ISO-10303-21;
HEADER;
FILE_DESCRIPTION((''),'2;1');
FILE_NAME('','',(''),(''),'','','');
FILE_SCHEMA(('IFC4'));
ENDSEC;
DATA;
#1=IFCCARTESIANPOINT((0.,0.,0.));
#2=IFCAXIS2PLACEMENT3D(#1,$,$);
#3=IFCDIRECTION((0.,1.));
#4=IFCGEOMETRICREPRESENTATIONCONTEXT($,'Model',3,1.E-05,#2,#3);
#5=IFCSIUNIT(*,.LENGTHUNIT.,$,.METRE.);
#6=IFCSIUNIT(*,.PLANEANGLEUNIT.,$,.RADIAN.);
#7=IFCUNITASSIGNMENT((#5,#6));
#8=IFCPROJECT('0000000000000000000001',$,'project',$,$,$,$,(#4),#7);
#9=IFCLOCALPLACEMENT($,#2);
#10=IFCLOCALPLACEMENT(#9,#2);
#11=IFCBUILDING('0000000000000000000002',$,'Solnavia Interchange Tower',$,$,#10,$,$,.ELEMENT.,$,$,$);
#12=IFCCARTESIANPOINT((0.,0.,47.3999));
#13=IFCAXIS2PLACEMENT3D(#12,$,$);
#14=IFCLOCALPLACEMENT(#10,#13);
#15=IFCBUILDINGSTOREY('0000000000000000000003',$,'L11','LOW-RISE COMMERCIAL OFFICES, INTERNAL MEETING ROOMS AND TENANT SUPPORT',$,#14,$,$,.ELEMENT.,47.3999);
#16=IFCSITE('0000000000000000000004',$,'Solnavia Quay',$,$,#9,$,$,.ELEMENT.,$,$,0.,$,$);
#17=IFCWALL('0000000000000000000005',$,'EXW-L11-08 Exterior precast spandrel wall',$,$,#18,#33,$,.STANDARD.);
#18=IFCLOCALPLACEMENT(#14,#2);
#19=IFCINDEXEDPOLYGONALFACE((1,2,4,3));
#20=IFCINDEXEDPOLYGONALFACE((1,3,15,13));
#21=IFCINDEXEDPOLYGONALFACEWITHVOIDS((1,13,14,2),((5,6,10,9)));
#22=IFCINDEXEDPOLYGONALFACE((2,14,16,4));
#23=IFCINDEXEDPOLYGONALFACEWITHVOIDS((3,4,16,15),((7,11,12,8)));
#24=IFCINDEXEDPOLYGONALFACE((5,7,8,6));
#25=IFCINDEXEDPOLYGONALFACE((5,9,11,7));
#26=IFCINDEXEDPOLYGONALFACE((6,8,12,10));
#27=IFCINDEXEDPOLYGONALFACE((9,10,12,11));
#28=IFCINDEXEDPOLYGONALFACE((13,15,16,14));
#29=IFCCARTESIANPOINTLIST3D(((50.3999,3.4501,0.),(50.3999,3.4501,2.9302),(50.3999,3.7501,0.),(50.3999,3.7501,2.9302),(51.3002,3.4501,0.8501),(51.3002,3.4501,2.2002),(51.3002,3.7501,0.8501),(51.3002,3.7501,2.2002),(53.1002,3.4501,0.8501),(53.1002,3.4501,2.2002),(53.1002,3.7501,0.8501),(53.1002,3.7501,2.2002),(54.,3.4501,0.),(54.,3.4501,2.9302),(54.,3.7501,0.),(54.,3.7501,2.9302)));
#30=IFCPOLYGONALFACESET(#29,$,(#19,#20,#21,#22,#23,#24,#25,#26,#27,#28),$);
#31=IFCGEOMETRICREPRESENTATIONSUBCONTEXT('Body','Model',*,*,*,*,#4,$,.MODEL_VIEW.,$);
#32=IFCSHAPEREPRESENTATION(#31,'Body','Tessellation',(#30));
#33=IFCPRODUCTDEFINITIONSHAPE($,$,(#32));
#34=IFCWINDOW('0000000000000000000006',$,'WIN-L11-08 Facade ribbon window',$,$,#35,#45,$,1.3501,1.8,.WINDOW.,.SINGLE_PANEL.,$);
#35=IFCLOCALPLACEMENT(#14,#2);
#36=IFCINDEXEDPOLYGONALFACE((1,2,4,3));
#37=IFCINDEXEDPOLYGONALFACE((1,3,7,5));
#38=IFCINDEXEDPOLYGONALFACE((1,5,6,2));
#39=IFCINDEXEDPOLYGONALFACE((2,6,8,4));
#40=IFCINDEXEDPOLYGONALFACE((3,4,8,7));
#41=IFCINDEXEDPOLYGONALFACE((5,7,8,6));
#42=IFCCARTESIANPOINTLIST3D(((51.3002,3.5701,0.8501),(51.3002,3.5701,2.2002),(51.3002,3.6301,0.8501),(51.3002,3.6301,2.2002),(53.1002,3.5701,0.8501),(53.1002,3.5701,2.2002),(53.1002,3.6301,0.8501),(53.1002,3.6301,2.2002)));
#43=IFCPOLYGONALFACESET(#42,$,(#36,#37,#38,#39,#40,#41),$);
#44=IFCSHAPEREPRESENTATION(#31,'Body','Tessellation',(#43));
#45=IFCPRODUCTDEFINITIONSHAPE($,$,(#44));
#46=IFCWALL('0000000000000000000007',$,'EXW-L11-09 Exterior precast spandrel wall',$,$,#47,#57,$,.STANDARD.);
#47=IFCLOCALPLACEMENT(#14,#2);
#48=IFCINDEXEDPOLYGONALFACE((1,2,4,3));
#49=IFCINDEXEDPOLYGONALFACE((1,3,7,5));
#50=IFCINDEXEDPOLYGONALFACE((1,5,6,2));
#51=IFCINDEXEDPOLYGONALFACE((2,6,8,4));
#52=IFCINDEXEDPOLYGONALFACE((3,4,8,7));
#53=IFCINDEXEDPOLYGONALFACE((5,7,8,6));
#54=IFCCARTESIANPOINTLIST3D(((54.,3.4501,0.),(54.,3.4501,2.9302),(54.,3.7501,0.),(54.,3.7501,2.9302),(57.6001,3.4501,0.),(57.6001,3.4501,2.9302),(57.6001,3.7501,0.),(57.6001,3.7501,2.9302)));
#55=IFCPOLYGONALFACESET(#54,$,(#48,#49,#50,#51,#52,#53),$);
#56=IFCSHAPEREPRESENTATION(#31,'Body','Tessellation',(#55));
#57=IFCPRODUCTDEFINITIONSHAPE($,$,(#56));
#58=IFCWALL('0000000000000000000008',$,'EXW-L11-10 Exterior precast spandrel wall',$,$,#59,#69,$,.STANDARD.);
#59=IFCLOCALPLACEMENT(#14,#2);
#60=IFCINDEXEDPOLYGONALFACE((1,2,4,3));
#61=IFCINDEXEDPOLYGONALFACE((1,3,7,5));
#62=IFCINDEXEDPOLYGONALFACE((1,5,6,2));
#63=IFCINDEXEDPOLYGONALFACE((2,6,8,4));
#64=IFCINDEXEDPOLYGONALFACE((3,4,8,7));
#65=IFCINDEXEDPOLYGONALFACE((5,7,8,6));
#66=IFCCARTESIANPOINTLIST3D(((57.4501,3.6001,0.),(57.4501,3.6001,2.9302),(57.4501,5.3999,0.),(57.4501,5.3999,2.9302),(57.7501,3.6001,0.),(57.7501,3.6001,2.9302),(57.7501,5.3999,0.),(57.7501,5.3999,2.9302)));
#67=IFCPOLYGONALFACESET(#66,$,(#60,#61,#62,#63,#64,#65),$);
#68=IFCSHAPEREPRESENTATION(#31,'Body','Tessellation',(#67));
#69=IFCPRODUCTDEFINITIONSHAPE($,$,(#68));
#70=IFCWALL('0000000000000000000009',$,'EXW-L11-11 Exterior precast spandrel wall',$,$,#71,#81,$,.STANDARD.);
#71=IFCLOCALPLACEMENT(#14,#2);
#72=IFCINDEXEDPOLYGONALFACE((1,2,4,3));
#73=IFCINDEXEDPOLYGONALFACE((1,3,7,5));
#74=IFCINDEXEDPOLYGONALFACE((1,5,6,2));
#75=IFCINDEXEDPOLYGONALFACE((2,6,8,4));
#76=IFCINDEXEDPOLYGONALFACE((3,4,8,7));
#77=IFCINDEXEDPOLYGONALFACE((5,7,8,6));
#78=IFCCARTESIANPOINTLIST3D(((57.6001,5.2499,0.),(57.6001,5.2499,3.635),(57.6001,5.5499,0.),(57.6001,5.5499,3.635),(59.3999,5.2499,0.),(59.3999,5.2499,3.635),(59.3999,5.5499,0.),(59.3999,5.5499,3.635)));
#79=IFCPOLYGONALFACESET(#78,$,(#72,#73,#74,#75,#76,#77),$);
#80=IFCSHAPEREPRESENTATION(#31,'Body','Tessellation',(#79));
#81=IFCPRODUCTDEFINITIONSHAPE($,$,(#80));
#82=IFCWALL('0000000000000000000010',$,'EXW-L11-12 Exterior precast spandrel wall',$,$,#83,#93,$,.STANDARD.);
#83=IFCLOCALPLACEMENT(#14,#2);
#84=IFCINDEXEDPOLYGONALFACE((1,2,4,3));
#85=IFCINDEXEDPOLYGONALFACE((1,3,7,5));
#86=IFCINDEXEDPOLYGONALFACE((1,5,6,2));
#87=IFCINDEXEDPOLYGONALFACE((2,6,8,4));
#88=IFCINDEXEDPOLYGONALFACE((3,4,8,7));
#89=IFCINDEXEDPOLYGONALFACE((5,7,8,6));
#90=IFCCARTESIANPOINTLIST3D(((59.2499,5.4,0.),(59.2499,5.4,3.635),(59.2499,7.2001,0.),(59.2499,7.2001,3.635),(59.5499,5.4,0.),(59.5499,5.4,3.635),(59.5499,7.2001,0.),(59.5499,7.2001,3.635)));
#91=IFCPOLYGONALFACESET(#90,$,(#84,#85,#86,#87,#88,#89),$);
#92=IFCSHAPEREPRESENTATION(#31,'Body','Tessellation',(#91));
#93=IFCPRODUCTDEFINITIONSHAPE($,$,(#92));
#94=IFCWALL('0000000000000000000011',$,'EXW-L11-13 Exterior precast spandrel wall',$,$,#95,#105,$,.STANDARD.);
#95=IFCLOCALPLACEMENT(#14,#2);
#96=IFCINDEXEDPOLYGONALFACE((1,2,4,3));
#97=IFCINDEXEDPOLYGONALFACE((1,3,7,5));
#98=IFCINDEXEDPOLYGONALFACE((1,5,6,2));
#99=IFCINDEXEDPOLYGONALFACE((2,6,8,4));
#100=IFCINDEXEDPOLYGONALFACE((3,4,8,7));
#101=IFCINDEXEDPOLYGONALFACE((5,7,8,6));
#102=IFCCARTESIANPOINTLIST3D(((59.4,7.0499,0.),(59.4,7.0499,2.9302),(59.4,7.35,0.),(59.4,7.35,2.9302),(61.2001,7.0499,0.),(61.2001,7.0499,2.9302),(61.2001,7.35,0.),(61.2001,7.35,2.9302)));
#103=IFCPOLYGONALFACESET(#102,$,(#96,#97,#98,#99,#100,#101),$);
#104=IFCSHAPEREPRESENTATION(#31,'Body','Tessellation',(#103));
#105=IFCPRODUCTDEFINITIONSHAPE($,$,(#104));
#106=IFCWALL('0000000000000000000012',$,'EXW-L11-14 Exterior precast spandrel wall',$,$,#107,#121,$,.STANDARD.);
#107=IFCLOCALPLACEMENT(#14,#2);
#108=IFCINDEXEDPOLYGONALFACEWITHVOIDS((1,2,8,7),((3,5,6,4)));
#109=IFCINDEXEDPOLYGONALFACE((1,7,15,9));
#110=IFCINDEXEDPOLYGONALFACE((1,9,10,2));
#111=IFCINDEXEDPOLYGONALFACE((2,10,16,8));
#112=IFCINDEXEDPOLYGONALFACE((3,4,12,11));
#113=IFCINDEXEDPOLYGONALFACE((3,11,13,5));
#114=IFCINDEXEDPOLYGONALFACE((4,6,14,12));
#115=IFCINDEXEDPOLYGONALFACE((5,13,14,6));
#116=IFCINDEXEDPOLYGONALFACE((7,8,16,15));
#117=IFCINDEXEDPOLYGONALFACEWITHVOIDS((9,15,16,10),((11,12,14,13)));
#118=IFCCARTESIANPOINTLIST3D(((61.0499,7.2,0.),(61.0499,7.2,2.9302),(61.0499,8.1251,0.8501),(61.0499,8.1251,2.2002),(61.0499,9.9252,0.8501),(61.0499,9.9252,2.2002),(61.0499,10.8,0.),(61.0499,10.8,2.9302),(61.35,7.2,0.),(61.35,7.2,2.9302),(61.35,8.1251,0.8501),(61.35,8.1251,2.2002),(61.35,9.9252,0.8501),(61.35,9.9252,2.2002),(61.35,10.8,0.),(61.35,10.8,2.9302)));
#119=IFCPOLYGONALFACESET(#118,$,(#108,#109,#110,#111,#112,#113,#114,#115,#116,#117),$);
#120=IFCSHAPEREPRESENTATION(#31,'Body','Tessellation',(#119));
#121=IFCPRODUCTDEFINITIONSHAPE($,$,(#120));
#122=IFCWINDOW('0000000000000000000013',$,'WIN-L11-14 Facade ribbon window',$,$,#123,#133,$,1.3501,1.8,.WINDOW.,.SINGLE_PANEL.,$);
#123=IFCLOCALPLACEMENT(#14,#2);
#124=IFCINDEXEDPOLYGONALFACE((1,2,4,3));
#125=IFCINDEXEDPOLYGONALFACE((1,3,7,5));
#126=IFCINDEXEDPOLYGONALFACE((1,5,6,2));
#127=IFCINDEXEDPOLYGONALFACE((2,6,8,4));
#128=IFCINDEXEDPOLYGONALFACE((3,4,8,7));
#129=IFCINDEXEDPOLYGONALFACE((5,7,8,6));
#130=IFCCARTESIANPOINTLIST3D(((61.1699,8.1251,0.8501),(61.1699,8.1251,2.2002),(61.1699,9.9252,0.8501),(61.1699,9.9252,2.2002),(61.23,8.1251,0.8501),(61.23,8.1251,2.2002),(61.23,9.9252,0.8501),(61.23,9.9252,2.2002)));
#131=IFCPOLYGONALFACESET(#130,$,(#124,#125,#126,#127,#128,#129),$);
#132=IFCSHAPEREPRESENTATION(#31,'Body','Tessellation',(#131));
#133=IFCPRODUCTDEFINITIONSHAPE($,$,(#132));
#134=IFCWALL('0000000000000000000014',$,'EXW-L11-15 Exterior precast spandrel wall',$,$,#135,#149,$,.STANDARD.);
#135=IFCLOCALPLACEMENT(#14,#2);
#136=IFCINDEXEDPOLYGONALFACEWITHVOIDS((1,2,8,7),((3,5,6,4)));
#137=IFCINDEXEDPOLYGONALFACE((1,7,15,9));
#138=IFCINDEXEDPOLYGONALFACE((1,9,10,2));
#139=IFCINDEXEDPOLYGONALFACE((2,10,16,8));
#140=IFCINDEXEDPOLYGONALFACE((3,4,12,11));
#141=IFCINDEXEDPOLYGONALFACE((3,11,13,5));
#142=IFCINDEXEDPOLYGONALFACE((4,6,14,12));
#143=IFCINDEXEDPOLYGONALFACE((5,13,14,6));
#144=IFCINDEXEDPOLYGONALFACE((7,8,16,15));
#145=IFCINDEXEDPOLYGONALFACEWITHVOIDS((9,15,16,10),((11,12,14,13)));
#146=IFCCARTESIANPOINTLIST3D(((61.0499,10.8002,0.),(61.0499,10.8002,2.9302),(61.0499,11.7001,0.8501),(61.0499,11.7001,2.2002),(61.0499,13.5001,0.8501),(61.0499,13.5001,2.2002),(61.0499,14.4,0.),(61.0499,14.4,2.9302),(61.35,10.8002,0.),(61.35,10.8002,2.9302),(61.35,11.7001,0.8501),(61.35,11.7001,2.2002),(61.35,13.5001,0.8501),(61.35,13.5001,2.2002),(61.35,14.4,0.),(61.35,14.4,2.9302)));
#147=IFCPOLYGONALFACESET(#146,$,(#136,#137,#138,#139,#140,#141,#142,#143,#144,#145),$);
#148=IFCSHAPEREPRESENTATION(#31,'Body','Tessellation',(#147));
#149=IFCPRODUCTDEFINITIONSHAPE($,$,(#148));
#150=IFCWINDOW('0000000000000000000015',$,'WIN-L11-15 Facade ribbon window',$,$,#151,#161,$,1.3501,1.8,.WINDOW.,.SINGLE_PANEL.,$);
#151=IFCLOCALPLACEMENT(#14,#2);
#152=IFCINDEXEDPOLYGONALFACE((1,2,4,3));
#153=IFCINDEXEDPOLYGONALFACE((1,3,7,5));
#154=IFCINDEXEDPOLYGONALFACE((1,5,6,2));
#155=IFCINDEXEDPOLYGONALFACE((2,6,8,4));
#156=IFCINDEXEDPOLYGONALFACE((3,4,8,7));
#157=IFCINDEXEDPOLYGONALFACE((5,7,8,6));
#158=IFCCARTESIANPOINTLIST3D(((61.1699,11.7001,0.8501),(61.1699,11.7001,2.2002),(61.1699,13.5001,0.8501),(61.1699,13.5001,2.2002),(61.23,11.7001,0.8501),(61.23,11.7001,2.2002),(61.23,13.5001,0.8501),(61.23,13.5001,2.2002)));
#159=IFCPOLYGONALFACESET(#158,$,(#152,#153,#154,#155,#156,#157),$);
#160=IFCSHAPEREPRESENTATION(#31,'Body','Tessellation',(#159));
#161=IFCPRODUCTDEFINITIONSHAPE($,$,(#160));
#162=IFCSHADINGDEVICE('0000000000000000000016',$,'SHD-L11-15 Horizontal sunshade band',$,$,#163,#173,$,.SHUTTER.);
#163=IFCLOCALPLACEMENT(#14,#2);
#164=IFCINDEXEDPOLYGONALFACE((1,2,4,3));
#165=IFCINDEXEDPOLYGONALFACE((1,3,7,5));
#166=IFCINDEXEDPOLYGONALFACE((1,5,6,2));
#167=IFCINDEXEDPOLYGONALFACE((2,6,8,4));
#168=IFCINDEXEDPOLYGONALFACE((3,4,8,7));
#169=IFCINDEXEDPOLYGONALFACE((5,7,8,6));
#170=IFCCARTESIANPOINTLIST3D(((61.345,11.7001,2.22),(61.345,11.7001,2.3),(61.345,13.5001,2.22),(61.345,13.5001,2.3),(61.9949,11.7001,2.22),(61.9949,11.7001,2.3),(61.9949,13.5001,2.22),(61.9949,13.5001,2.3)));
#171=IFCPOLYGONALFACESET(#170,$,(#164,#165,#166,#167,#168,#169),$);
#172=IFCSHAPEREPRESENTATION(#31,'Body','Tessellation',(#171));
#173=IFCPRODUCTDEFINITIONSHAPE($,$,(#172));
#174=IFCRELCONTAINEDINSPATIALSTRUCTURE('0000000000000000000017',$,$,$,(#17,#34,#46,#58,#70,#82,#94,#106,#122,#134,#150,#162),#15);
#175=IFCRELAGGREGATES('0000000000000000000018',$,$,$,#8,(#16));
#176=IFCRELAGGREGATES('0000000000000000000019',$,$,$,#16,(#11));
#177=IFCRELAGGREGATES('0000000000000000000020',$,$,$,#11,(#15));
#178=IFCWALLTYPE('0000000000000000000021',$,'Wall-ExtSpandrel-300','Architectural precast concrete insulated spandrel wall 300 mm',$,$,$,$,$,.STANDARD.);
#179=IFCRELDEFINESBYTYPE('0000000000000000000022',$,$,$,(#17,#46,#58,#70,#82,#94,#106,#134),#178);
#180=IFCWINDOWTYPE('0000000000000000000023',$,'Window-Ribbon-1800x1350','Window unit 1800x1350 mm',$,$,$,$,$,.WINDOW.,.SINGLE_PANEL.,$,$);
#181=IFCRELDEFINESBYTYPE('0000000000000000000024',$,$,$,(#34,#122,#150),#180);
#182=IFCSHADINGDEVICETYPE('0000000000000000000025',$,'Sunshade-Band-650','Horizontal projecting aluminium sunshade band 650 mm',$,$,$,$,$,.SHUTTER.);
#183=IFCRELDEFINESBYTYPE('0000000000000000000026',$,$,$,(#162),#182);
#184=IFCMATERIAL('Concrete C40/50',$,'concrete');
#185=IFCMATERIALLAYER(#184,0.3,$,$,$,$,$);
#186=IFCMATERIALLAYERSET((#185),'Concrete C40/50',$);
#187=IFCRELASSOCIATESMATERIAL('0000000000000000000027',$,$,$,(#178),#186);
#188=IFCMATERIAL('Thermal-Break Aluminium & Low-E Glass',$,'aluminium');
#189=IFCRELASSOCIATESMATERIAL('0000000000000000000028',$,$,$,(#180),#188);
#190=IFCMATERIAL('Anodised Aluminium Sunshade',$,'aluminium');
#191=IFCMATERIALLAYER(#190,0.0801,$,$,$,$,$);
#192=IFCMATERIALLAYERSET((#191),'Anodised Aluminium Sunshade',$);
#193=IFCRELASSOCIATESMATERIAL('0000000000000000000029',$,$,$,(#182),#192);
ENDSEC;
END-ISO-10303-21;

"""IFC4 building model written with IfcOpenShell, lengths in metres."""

from ifc_helpers import new_model, si_unit, direction, frame, frame_2d, origin, origin_2d, place, context, subcontext, project, spatial, rectangle, extrude, material, layer, layer_set, type_object, element, fill, save


model = new_model("IFC4")

# Units and contexts
model_context = context("Model", 3, precision=1e-05, world=origin(), true_north=direction((0.0, 1.0)))
body_context = subcontext(model_context, "Body", "Model", "MODEL_VIEW")
ifc_project = project(units=[si_unit("LENGTHUNIT", "METRE"), si_unit("PLANEANGLEUNIT", "RADIAN")], contexts=[model_context])

# Site, building, storey
site_placement = place(None, origin())
site = spatial("IfcSite", under=ifc_project, at=site_placement, Name="Solnavia Quay", CompositionType="ELEMENT", RefElevation=0.0)
building_placement = place(site_placement, origin())
building = spatial("IfcBuilding", under=site, at=building_placement, Name="Solnavia Interchange Tower", CompositionType="ELEMENT")
storey_placement = place(building_placement, frame((0.0, 0.0, 47.3999)))
storey = spatial("IfcBuildingStorey", under=building, at=storey_placement, Name="L11", Description="LOW-RISE COMMERCIAL OFFICES, INTERNAL MEETING ROOMS AND TENANT SUPPORT", CompositionType="ELEMENT", Elevation=47.3999)

# Wall, opening, window
ifc_material_1 = material(Name="Concrete C40/50", Category="concrete")
ifc_layer_1 = layer(ifc_material_1, 0.3)
ifc_layer_set_1 = layer_set([ifc_layer_1], Name="Concrete C40/50")
wall_type_1 = type_object("IfcWallType", Name="Wall-ExtSpandrel-300", Description="Architectural precast concrete insulated spandrel wall 300 mm", PredefinedType="STANDARD", material=ifc_layer_set_1)
wall_1_placement = place(storey_placement, frame((54.0, 3.6001, 0.0), z_axis=(0.0, 0.0, 1.0), x_axis=(-1.0, 0.0, 0.0)))
wall_1 = element("IfcWall", 1, at=wall_1_placement, inside=storey, type_object=wall_type_1, Name="EXW-L11-08 Exterior precast spandrel wall", PredefinedType="STANDARD", context=body_context, shape_type="SweptSolid", body=[
    extrude(rectangle(XDim=3.6001, YDim=0.3, at=frame_2d((1.8, 0.0))), origin(), (0.0, 0.0, 1.0), 2.9302),
])
opening_1_placement = place(wall_1_placement, frame((0.8999, 0.0, 0.8501)))
opening_1 = element("IfcOpeningElement", 2, at=opening_1_placement, cuts=wall_1, PredefinedType="OPENING", context=body_context, shape_type="SweptSolid", body=[
    extrude(rectangle(XDim=1.8, YDim=1.3501, at=frame_2d((0.8999, 0.675))), frame((0.0, 0.1602, 0.0), z_axis=(0.0, -1.0, 0.0), x_axis=(1.0, 0.0, 0.0)), (0.0, 0.0, 1.0), 0.3201),
])
ifc_material_2 = material(Name="Thermal-Break Aluminium & Low-E Glass", Category="aluminium")
window_type = type_object("IfcWindowType", Name="Window-Ribbon-1800x1350", Description="Window unit 1800x1350 mm", PartitioningType="SINGLE_PANEL", PredefinedType="WINDOW", material=ifc_material_2)
window_1_placement = place(opening_1_placement, origin())
window_1 = element("IfcWindow", 3, at=window_1_placement, inside=storey, type_object=window_type, Name="WIN-L11-08 Facade ribbon window", OverallHeight=1.3501, OverallWidth=1.8, PartitioningType="SINGLE_PANEL", PredefinedType="WINDOW", context=body_context, shape_type="SweptSolid", body=[
    extrude(rectangle(XDim=1.8, YDim=1.3501, at=frame_2d((0.8999, 0.675))), frame((0.0, 0.03, 0.0), z_axis=(0.0, -1.0, 0.0), x_axis=(1.0, 0.0, 0.0)), (0.0, 0.0, 1.0), 0.0601),
])
fill(opening_1, window_1)

# Walls
wall_2_placement = place(storey_placement, frame((57.6001, 3.6001, 0.0), z_axis=(0.0, 0.0, 1.0), x_axis=(-1.0, 0.0, 0.0)))
element("IfcWall", 4, at=wall_2_placement, inside=storey, type_object=wall_type_1, Name="EXW-L11-09 Exterior precast spandrel wall", PredefinedType="STANDARD", context=body_context, shape_type="SweptSolid", body=[
    extrude(rectangle(XDim=3.6001, YDim=0.3, at=frame_2d((1.8, 0.0))), origin(), (0.0, 0.0, 1.0), 2.9302),
])
wall_3_placement = place(storey_placement, frame((57.6001, 5.3999, 0.0), z_axis=(0.0, 0.0, 1.0), x_axis=(0.0, -1.0, 0.0)))
element("IfcWall", 5, at=wall_3_placement, inside=storey, type_object=wall_type_1, Name="EXW-L11-10 Exterior precast spandrel wall", PredefinedType="STANDARD", context=body_context, shape_type="SweptSolid", body=[
    extrude(rectangle(XDim=1.7998, YDim=0.3, at=frame_2d((0.8999, 0.0))), origin(), (0.0, 0.0, 1.0), 2.9302),
])
wall_4_placement = place(storey_placement, frame((59.3999, 5.3999, 0.0), z_axis=(0.0, 0.0, 1.0), x_axis=(-1.0, 0.0, 0.0)))
element("IfcWall", 6, at=wall_4_placement, inside=storey, type_object=wall_type_1, Name="EXW-L11-11 Exterior precast spandrel wall", PredefinedType="STANDARD", context=body_context, shape_type="SweptSolid", body=[
    extrude(rectangle(XDim=1.7998, YDim=0.3, at=frame_2d((0.8999, 0.0))), origin(), (0.0, 0.0, 1.0), 3.635),
])
wall_5_placement = place(storey_placement, frame((59.3999, 7.2, 0.0), z_axis=(0.0, 0.0, 1.0), x_axis=(0.0, -1.0, 0.0)))
element("IfcWall", 7, at=wall_5_placement, inside=storey, type_object=wall_type_1, Name="EXW-L11-12 Exterior precast spandrel wall", PredefinedType="STANDARD", context=body_context, shape_type="SweptSolid", body=[
    extrude(rectangle(XDim=1.8, YDim=0.3, at=frame_2d((0.8999, 0.0))), origin(), (0.0, 0.0, 1.0), 3.635),
])
wall_6_placement = place(storey_placement, frame((61.2, 7.2, 0.0), z_axis=(0.0, 0.0, 1.0), x_axis=(-1.0, 0.0, 0.0)))
element("IfcWall", 8, at=wall_6_placement, inside=storey, type_object=wall_type_1, Name="EXW-L11-13 Exterior precast spandrel wall", PredefinedType="STANDARD", context=body_context, shape_type="SweptSolid", body=[
    extrude(rectangle(XDim=1.8, YDim=0.3, at=frame_2d((0.8999, 0.0))), origin(), (0.0, 0.0, 1.0), 2.9302),
])

# Walls, openings, windows
wall_7_placement = place(storey_placement, frame((61.2, 10.8, 0.0), z_axis=(0.0, 0.0, 1.0), x_axis=(0.0, -1.0, 0.0)))
wall_7 = element("IfcWall", 9, at=wall_7_placement, inside=storey, type_object=wall_type_1, Name="EXW-L11-14 Exterior precast spandrel wall", PredefinedType="STANDARD", context=body_context, shape_type="SweptSolid", body=[
    extrude(rectangle(XDim=3.6001, YDim=0.3, at=frame_2d((1.8, 0.0))), origin(), (0.0, 0.0, 1.0), 2.9302),
])
opening_2_placement = place(wall_7_placement, frame((0.875, 0.0, 0.8501)))
opening_2 = element("IfcOpeningElement", 10, at=opening_2_placement, cuts=wall_7, PredefinedType="OPENING", context=body_context, shape_type="SweptSolid", body=[
    extrude(rectangle(XDim=1.8, YDim=1.3501, at=frame_2d((0.8999, 0.675))), frame((0.0, 0.1602, 0.0), z_axis=(0.0, -1.0, 0.0), x_axis=(1.0, 0.0, 0.0)), (0.0, 0.0, 1.0), 0.3201),
])
window_2_placement = place(opening_2_placement, origin())
window_2 = element("IfcWindow", 11, at=window_2_placement, inside=storey, type_object=window_type, Name="WIN-L11-14 Facade ribbon window", OverallHeight=1.3501, OverallWidth=1.8, PartitioningType="SINGLE_PANEL", PredefinedType="WINDOW", context=body_context, shape_type="SweptSolid", body=[
    extrude(rectangle(XDim=1.8, YDim=1.3501, at=frame_2d((0.8999, 0.675))), frame((0.0, 0.03, 0.0), z_axis=(0.0, -1.0, 0.0), x_axis=(1.0, 0.0, 0.0)), (0.0, 0.0, 1.0), 0.0601),
])
fill(opening_2, window_2)
wall_8_placement = place(storey_placement, frame((61.2, 14.3999, 0.0), z_axis=(0.0, 0.0, 1.0), x_axis=(0.0, -1.0, 0.0)))
wall_8 = element("IfcWall", 12, at=wall_8_placement, inside=storey, type_object=wall_type_1, Name="EXW-L11-15 Exterior precast spandrel wall", PredefinedType="STANDARD", context=body_context, shape_type="SweptSolid", body=[
    extrude(rectangle(XDim=3.5999, YDim=0.3, at=frame_2d((1.7998, 0.0))), origin(), (0.0, 0.0, 1.0), 2.9302),
])
opening_3_placement = place(wall_8_placement, frame((0.8999, 0.0, 0.8501)))
opening_3 = element("IfcOpeningElement", 13, at=opening_3_placement, cuts=wall_8, PredefinedType="OPENING", context=body_context, shape_type="SweptSolid", body=[
    extrude(rectangle(XDim=1.8, YDim=1.3501, at=frame_2d((0.8999, 0.675))), frame((0.0, 0.1602, 0.0), z_axis=(0.0, -1.0, 0.0), x_axis=(1.0, 0.0, 0.0)), (0.0, 0.0, 1.0), 0.3201),
])
window_3_placement = place(opening_3_placement, origin())
window_3 = element("IfcWindow", 14, at=window_3_placement, inside=storey, type_object=window_type, Name="WIN-L11-15 Facade ribbon window", OverallHeight=1.3501, OverallWidth=1.8, PartitioningType="SINGLE_PANEL", PredefinedType="WINDOW", context=body_context, shape_type="SweptSolid", body=[
    extrude(rectangle(XDim=1.8, YDim=1.3501, at=frame_2d((0.8999, 0.675))), frame((0.0, 0.03, 0.0), z_axis=(0.0, -1.0, 0.0), x_axis=(1.0, 0.0, 0.0)), (0.0, 0.0, 1.0), 0.0601),
])
fill(opening_3, window_3)

# Shading device
ifc_material_3 = material(Name="Anodised Aluminium Sunshade", Category="aluminium")
ifc_layer_2 = layer(ifc_material_3, 0.0801)
ifc_layer_set_2 = layer_set([ifc_layer_2], Name="Anodised Aluminium Sunshade")
shading_device_type = type_object("IfcShadingDeviceType", Name="Sunshade-Band-650", Description="Horizontal projecting aluminium sunshade band 650 mm", PredefinedType="SHUTTER", material=ifc_layer_set_2)
shading_device_placement = place(storey_placement, frame((61.6699, 12.6001, 2.22), z_axis=(0.0, 0.0, 1.0), x_axis=(0.0, -1.0, 0.0)))
element("IfcShadingDevice", 15, at=shading_device_placement, inside=storey, type_object=shading_device_type, Name="SHD-L11-15 Horizontal sunshade band", PredefinedType="SHUTTER", context=body_context, shape_type="SweptSolid", body=[
    extrude(rectangle(XDim=1.8, YDim=0.6499, at=origin_2d()), origin(), (0.0, 0.0, 1.0), 0.0801),
])

save(model, "model.ifc")
